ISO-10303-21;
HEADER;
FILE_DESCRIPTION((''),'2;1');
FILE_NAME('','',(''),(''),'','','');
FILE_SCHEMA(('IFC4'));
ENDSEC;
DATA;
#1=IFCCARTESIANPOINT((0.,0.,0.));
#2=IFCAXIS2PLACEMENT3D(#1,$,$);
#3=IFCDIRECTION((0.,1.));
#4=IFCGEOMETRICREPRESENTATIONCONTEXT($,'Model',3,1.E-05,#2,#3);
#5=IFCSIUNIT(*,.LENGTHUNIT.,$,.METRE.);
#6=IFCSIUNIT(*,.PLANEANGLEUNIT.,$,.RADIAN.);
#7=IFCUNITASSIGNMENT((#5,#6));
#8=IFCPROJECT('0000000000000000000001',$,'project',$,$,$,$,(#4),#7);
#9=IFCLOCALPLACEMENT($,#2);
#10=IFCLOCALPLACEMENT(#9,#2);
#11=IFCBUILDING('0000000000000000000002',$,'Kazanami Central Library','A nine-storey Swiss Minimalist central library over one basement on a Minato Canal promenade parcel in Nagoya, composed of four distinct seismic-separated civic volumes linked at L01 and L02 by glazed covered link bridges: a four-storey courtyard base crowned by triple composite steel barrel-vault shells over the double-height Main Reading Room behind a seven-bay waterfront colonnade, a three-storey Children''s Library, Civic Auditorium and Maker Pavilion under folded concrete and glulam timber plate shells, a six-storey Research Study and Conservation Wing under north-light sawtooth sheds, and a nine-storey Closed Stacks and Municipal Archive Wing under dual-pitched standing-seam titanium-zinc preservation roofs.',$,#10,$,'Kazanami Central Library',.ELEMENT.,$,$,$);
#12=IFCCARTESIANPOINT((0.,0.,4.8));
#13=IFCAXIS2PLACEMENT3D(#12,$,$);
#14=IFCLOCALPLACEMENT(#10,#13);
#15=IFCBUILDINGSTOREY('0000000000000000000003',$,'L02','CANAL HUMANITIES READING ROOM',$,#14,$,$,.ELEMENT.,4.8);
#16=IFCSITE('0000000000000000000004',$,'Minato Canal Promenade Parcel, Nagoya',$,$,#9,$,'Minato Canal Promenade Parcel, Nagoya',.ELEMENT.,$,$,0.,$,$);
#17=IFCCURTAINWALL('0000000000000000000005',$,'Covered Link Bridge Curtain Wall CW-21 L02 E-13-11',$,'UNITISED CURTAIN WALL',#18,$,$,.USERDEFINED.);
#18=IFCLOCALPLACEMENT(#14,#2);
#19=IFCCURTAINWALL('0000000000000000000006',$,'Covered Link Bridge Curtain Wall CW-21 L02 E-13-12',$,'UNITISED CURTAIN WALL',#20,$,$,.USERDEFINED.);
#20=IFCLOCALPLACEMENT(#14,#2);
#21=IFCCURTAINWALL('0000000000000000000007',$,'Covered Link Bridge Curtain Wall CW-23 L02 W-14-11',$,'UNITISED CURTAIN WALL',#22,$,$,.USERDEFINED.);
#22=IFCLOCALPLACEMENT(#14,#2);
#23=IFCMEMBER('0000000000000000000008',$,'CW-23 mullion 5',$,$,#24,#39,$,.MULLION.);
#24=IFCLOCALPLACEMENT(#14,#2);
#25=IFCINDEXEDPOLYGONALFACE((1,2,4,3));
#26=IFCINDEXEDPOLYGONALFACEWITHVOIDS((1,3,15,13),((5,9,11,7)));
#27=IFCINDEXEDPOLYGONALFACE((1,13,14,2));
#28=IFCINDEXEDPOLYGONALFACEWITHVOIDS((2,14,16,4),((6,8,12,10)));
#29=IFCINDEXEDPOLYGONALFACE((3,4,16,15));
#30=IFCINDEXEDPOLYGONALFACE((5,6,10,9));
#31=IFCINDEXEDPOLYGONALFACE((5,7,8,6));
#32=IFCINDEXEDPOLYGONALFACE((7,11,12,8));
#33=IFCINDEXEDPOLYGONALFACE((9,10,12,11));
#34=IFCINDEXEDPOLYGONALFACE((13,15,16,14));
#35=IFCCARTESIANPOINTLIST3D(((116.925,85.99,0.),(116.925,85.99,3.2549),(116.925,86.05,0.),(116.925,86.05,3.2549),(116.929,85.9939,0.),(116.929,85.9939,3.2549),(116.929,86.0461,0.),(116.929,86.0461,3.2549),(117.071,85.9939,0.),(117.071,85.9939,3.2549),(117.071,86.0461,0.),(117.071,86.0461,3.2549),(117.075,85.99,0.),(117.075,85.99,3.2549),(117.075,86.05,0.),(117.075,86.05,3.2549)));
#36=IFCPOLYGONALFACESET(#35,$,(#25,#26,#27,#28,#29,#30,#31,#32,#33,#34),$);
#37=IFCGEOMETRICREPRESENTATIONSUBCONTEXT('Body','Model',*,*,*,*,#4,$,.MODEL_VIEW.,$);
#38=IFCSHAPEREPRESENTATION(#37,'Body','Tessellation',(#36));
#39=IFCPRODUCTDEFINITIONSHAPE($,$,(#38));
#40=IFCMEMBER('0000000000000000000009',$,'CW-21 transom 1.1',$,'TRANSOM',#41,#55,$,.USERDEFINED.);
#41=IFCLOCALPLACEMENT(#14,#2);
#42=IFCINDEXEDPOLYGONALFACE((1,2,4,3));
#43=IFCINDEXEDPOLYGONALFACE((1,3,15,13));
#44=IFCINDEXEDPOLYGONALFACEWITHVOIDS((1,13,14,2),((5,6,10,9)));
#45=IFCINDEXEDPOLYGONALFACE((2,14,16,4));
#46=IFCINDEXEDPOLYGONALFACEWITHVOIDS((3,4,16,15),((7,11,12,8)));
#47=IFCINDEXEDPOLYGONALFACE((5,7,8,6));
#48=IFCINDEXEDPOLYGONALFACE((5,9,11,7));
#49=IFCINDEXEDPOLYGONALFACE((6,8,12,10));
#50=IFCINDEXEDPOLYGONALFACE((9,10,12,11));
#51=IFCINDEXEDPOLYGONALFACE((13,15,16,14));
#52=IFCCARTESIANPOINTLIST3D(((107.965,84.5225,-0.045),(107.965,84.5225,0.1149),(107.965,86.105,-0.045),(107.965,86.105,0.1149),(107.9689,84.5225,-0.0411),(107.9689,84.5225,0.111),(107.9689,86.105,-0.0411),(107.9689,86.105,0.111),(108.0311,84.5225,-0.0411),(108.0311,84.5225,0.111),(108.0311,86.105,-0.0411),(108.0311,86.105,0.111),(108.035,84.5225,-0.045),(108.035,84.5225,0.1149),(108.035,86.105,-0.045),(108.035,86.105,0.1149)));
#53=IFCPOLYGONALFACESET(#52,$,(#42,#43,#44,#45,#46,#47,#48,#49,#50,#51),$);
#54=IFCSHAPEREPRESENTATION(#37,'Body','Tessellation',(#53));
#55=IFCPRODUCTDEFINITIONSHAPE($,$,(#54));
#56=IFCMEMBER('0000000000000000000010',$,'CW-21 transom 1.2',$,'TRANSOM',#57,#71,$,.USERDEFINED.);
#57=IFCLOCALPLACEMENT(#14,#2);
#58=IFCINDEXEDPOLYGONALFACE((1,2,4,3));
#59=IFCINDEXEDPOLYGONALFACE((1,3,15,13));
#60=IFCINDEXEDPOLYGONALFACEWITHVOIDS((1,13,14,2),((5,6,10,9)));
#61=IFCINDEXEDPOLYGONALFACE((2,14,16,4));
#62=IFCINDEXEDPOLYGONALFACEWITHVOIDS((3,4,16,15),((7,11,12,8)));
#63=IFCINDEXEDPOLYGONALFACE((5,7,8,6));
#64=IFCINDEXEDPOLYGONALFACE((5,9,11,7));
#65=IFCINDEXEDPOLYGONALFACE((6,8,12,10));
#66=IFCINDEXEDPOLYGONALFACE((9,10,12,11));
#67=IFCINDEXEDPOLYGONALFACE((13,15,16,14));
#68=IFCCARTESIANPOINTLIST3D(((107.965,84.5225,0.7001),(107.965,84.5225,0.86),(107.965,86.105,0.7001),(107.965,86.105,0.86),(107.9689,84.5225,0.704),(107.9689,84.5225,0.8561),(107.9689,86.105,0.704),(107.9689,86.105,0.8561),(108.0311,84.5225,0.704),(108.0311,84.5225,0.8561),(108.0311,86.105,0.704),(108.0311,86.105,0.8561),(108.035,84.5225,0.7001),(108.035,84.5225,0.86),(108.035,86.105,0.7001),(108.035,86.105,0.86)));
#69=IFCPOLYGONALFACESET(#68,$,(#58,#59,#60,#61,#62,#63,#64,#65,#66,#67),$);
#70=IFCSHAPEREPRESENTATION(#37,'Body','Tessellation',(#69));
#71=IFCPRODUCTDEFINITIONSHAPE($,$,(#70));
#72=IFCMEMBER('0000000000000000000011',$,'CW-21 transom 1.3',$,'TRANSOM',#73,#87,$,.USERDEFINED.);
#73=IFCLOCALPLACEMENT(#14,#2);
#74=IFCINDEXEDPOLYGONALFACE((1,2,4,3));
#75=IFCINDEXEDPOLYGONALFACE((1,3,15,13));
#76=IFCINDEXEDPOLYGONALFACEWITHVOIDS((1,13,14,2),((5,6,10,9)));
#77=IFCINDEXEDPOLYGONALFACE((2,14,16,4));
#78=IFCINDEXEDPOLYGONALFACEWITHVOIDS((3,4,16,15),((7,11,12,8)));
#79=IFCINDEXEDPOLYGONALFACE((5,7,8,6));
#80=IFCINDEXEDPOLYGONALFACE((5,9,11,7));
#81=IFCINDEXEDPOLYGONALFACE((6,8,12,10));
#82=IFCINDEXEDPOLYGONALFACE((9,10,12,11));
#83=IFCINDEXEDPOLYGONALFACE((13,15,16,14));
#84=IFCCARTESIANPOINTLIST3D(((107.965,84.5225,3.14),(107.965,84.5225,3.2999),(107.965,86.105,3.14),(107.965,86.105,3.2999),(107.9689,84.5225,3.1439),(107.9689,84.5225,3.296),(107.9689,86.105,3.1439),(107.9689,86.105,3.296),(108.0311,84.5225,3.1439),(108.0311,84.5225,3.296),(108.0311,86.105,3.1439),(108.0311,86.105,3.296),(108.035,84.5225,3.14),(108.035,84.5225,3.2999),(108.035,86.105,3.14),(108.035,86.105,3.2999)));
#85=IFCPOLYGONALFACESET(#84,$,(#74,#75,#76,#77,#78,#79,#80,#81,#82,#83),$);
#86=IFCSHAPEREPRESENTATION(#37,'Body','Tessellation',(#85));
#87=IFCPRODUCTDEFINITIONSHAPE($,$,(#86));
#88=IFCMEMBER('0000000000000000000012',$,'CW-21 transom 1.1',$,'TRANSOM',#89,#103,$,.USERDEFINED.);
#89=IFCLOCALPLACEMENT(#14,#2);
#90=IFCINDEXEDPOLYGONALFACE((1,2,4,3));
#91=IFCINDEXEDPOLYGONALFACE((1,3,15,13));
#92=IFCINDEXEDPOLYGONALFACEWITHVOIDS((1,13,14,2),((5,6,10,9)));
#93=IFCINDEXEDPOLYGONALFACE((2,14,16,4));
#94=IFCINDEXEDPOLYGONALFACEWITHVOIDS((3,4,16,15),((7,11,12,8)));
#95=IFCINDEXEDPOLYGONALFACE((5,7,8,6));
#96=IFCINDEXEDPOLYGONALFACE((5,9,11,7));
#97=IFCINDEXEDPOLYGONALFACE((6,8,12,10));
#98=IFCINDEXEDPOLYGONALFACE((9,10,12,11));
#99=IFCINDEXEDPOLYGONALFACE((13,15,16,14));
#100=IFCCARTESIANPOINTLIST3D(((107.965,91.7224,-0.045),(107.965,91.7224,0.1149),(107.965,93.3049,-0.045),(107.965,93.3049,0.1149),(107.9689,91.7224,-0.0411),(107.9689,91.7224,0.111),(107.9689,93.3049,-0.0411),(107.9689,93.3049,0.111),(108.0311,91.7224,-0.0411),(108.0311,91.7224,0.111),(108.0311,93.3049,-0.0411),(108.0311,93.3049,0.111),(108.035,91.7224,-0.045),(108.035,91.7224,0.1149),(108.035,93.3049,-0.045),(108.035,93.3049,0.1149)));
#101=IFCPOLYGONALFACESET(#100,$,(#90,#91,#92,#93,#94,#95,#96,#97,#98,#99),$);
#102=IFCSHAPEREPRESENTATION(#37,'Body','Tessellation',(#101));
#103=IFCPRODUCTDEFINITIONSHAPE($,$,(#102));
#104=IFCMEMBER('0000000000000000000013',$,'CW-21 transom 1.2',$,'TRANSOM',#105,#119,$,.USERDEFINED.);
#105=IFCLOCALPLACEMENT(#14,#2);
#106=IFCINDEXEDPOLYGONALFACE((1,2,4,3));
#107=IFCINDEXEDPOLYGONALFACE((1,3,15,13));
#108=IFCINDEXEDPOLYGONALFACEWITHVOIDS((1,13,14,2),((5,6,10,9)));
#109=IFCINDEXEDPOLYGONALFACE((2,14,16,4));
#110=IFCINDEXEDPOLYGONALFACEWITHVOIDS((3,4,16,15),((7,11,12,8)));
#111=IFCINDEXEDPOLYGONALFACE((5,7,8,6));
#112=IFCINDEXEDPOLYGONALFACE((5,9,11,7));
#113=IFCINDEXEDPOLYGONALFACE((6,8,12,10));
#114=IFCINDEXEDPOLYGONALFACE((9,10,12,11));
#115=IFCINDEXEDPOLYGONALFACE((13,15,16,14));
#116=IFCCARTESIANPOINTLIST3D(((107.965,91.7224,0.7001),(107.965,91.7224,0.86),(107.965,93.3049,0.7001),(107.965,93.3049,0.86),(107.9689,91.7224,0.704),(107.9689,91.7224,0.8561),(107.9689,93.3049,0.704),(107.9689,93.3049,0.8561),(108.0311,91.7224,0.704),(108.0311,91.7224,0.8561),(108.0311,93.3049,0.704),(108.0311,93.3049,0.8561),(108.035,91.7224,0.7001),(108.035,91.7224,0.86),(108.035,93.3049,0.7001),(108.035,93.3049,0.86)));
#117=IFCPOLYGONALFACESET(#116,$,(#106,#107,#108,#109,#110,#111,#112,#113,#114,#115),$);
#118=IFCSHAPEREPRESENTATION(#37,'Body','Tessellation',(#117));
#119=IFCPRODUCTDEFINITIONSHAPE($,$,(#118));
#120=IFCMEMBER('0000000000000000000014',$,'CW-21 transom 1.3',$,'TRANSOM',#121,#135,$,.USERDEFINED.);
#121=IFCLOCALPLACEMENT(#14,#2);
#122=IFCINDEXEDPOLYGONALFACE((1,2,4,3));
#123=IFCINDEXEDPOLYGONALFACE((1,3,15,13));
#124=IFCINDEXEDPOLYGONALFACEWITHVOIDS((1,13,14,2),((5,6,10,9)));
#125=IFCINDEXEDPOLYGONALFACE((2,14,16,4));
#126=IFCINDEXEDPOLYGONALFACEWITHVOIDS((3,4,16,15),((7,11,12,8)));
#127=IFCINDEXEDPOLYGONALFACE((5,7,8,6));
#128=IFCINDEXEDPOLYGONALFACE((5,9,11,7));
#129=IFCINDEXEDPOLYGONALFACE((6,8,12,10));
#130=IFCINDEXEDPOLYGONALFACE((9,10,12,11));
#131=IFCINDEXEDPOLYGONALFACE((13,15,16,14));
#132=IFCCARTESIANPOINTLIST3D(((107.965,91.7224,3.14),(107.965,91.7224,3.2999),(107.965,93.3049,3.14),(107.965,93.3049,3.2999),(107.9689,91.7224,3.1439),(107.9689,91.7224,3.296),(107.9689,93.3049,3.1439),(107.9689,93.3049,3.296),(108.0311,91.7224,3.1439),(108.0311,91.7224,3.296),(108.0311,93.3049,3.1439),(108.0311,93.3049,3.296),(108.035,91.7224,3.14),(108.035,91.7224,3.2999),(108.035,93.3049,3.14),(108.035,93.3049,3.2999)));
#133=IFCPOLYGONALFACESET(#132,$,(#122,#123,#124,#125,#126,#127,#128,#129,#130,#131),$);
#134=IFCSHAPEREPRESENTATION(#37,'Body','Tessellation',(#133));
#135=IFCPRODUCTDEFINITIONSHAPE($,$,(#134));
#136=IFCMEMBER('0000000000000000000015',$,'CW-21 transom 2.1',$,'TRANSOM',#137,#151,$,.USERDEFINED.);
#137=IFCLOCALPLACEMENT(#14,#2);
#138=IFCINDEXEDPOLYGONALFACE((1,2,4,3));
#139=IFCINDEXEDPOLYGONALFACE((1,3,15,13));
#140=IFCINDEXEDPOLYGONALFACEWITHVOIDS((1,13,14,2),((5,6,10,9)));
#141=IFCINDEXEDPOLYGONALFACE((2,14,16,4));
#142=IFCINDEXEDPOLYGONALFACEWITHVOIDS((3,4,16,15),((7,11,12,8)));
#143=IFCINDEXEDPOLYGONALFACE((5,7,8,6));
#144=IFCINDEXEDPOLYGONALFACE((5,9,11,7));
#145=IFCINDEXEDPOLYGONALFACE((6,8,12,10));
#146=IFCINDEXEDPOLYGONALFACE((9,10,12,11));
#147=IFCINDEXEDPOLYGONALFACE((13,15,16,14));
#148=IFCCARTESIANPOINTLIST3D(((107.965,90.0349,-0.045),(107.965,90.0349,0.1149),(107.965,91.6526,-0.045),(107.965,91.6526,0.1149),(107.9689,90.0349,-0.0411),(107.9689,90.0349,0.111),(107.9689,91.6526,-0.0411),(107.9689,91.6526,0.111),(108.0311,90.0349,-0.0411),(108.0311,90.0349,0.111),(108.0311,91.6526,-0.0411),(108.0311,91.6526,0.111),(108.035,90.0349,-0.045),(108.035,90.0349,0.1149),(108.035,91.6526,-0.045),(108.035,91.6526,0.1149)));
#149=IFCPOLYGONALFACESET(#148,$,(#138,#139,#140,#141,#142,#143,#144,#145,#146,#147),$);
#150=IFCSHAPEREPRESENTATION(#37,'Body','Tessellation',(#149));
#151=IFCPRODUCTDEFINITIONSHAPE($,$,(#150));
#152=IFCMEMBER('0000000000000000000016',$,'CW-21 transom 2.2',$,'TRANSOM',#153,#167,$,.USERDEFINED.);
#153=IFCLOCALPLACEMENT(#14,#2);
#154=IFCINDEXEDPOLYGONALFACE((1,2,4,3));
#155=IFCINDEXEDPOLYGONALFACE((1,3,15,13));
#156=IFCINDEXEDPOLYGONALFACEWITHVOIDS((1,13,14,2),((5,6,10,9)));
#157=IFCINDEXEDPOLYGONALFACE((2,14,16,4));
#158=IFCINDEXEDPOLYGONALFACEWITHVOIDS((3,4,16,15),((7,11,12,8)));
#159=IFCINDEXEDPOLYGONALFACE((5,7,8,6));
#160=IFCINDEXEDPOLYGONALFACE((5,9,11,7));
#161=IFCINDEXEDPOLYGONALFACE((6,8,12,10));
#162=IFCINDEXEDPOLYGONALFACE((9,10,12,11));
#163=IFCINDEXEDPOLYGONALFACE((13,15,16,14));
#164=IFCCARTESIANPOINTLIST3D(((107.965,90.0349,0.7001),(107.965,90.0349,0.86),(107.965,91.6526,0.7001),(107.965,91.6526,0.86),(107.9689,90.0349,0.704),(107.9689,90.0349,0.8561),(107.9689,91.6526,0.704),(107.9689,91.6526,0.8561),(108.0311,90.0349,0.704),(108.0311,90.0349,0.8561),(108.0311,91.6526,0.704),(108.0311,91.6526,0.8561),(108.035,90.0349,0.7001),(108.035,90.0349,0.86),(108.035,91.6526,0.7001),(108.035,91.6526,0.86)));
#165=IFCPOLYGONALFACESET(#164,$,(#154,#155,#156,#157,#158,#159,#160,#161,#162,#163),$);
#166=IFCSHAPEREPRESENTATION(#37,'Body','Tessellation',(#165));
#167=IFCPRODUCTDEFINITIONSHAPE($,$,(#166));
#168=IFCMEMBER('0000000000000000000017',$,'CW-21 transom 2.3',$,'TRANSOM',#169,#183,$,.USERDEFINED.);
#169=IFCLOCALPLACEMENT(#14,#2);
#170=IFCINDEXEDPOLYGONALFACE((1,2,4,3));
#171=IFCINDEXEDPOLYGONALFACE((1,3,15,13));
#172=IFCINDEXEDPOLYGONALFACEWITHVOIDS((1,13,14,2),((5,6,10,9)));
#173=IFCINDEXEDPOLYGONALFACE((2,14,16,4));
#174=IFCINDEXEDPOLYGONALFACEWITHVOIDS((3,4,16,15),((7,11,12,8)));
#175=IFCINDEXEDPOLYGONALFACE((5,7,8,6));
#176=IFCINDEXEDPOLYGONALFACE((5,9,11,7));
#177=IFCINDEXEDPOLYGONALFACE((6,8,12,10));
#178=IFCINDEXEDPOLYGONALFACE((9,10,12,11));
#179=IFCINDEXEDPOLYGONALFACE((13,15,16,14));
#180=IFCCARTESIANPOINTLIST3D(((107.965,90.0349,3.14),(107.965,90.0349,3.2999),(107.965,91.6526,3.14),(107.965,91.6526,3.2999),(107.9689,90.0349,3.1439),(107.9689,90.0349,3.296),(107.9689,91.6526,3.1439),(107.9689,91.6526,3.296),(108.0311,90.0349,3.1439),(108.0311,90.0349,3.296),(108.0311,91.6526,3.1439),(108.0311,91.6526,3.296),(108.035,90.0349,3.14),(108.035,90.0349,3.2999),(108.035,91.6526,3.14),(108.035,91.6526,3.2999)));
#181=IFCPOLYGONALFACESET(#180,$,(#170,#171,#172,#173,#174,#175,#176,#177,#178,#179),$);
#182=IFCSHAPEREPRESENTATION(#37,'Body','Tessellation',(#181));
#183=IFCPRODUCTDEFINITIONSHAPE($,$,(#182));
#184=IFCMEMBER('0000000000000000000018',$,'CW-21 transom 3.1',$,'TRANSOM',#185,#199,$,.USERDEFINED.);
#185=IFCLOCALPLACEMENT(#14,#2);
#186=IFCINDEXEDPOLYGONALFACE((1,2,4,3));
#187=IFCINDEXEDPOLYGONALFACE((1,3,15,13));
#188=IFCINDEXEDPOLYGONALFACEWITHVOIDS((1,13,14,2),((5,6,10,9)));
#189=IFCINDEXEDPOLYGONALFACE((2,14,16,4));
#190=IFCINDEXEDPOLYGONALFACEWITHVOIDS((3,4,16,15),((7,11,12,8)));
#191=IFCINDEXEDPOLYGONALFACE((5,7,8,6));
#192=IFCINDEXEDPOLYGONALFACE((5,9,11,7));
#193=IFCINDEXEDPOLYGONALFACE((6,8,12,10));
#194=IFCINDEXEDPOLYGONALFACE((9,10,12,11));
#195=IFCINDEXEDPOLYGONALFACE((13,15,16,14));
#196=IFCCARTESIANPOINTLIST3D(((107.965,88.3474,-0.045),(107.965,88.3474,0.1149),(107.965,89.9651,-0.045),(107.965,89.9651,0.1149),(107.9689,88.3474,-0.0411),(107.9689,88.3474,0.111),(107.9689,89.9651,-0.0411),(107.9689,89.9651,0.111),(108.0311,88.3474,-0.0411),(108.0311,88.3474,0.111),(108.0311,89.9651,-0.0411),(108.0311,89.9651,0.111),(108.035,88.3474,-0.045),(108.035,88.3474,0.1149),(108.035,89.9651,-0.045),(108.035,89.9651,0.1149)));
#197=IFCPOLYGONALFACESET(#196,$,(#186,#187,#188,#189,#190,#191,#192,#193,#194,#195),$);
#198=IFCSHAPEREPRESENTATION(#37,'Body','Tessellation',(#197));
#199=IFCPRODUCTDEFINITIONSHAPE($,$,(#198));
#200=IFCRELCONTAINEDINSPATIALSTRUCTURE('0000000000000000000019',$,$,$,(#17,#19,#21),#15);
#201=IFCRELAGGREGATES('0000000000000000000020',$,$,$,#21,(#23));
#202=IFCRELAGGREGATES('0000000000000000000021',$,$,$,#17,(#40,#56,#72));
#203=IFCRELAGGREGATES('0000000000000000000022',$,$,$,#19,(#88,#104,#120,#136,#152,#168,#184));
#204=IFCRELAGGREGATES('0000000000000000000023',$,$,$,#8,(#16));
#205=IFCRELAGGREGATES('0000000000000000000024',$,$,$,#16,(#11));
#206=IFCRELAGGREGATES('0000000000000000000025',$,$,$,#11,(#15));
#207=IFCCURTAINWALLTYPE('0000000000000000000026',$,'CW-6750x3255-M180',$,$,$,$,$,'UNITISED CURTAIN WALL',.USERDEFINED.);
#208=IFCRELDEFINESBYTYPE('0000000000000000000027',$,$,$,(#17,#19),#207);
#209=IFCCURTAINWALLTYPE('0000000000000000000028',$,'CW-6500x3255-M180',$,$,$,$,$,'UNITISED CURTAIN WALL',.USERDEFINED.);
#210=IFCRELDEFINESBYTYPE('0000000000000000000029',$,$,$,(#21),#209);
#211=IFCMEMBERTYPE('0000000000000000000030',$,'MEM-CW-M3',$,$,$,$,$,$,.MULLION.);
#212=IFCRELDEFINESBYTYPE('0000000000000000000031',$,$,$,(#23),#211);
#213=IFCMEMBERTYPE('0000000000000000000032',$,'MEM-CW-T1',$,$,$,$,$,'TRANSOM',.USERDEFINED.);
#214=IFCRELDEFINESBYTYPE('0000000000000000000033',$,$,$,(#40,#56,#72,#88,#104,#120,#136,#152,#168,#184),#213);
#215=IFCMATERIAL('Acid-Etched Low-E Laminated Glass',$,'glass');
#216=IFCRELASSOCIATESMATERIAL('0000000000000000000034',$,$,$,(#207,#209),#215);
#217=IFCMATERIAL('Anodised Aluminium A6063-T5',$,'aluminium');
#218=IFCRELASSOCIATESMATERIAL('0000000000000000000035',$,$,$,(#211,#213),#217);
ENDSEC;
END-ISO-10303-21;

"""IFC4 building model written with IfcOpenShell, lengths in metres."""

from ifc_helpers import new_model, si_unit, direction, frame, origin, origin_2d, place, context, subcontext, project, spatial, hollow_rectangle, extrude, material, material_profile, profile_set, type_object, element, aggregate, save


model = new_model("IFC4")

# Units and contexts
model_context = context("Model", 3, precision=1e-05, world=origin(), true_north=direction((0.0, 1.0)))
body_context = subcontext(model_context, "Body", "Model", "MODEL_VIEW")
ifc_project = project(units=[si_unit("LENGTHUNIT", "METRE"), si_unit("PLANEANGLEUNIT", "RADIAN")], contexts=[model_context])

# Site, building, storey
site_placement = place(None, origin())
site = spatial("IfcSite", under=ifc_project, at=site_placement, Name="Minato Canal Promenade Parcel, Nagoya", LongName="Minato Canal Promenade Parcel, Nagoya", CompositionType="ELEMENT", RefElevation=0.0)
building_placement = place(site_placement, origin())
building = spatial("IfcBuilding", under=site, at=building_placement, Name="Kazanami Central Library", Description="A nine-storey Swiss Minimalist central library over one basement on a Minato Canal promenade parcel in Nagoya, composed of four distinct seismic-separated civic volumes linked at L01 and L02 by glazed covered link bridges: a four-storey courtyard base crowned by triple composite steel barrel-vault shells over the double-height Main Reading Room behind a seven-bay waterfront colonnade, a three-storey Children's Library, Civic Auditorium and Maker Pavilion under folded concrete and glulam timber plate shells, a six-storey Research Study and Conservation Wing under north-light sawtooth sheds, and a nine-storey Closed Stacks and Municipal Archive Wing under dual-pitched standing-seam titanium-zinc preservation roofs.", LongName="Kazanami Central Library", CompositionType="ELEMENT")
storey_placement = place(building_placement, frame((0.0, 0.0, 4.8)))
storey = spatial("IfcBuildingStorey", under=building, at=storey_placement, Name="L02", Description="CANAL HUMANITIES READING ROOM", CompositionType="ELEMENT", Elevation=4.8)

# Curtain walls
ifc_material_1 = material(Name="Acid-Etched Low-E Laminated Glass", Category="glass")
curtain_wall_type_1 = type_object("IfcCurtainWallType", Name="CW-6750x3255-M180", ElementType="UNITISED CURTAIN WALL", PredefinedType="USERDEFINED", material=ifc_material_1)
curtain_wall_1_placement = place(storey_placement, origin())
curtain_wall_1 = element("IfcCurtainWall", 1, at=curtain_wall_1_placement, inside=storey, type_object=curtain_wall_type_1, Name="Covered Link Bridge Curtain Wall CW-21 L02 E-13-11", ObjectType="UNITISED CURTAIN WALL", PredefinedType="USERDEFINED")
ifc_material_2 = material(Name="Anodised Aluminium A6063-T5", Category="aluminium")
curtain_wall_2_placement = place(storey_placement, origin())
curtain_wall_2 = element("IfcCurtainWall", 2, at=curtain_wall_2_placement, inside=storey, type_object=curtain_wall_type_1, Name="Covered Link Bridge Curtain Wall CW-21 L02 E-13-12", ObjectType="UNITISED CURTAIN WALL", PredefinedType="USERDEFINED")

# Curtain wall, member
curtain_wall_type_2 = type_object("IfcCurtainWallType", Name="CW-6500x3255-M180", ElementType="UNITISED CURTAIN WALL", PredefinedType="USERDEFINED", material=ifc_material_1)
curtain_wall_3_placement = place(storey_placement, origin())
curtain_wall_3 = element("IfcCurtainWall", 3, at=curtain_wall_3_placement, inside=storey, type_object=curtain_wall_type_2, Name="Covered Link Bridge Curtain Wall CW-23 L02 W-14-11", ObjectType="UNITISED CURTAIN WALL", PredefinedType="USERDEFINED")
ifc_material_profile_1 = material_profile(ifc_material_2, hollow_rectangle(XDim=0.0601, YDim=0.1499, WallThickness=0.0039, at=origin_2d()), Name="ALU-MULL-60x150x4")
ifc_profile_set_1 = profile_set([ifc_material_profile_1], Name="Anodised Aluminium A6063-T5")
member_type_1 = type_object("IfcMemberType", Name="MEM-CW-M3", PredefinedType="MULLION", material=ifc_profile_set_1)
member_1_placement = place(storey_placement, frame((117.0, 86.02, 0.0), z_axis=(0.0, 0.0, 1.0), x_axis=(0.0, 1.0, 0.0)))
member_1 = element("IfcMember", 4, at=member_1_placement, type_object=member_type_1, Name="CW-23 mullion 5", PredefinedType="MULLION", context=body_context, shape_type="SweptSolid", body=[
    extrude(hollow_rectangle(XDim=0.0601, YDim=0.1499, WallThickness=0.0039, at=origin_2d()), origin(), (0.0, 0.0, 1.0), 3.2549),
])

# Members
ifc_material_profile_2 = material_profile(ifc_material_2, hollow_rectangle(XDim=0.0701, YDim=0.1599, WallThickness=0.0039, at=origin_2d()), Name="ALU-TRAN-70x160x4")
ifc_profile_set_2 = profile_set([ifc_material_profile_2], Name="Anodised Aluminium A6063-T5")
member_type_2 = type_object("IfcMemberType", Name="MEM-CW-T1", ElementType="TRANSOM", PredefinedType="USERDEFINED", material=ifc_profile_set_2)
member_2_placement = place(storey_placement, frame((108.0, 86.105, 0.0349), z_axis=(0.0, -1.0, 0.0), x_axis=(1.0, 0.0, 0.0)))
member_2 = element("IfcMember", 5, at=member_2_placement, type_object=member_type_2, Name="CW-21 transom 1.1", ObjectType="TRANSOM", PredefinedType="USERDEFINED", context=body_context, shape_type="SweptSolid", body=[
    extrude(hollow_rectangle(XDim=0.0701, YDim=0.1599, WallThickness=0.0039, at=origin_2d()), origin(), (0.0, 0.0, 1.0), 1.5825),
])
member_3_placement = place(storey_placement, frame((108.0, 86.105, 0.78), z_axis=(0.0, -1.0, 0.0), x_axis=(1.0, 0.0, 0.0)))
member_3 = element("IfcMember", 6, at=member_3_placement, type_object=member_type_2, Name="CW-21 transom 1.2", ObjectType="TRANSOM", PredefinedType="USERDEFINED", context=body_context, shape_type="SweptSolid", body=[
    extrude(hollow_rectangle(XDim=0.0701, YDim=0.1599, WallThickness=0.0039, at=origin_2d()), origin(), (0.0, 0.0, 1.0), 1.5825),
])
member_4_placement = place(storey_placement, frame((108.0, 86.105, 3.22), z_axis=(0.0, -1.0, 0.0), x_axis=(1.0, 0.0, 0.0)))
member_4 = element("IfcMember", 7, at=member_4_placement, type_object=member_type_2, Name="CW-21 transom 1.3", ObjectType="TRANSOM", PredefinedType="USERDEFINED", context=body_context, shape_type="SweptSolid", body=[
    extrude(hollow_rectangle(XDim=0.0701, YDim=0.1599, WallThickness=0.0039, at=origin_2d()), origin(), (0.0, 0.0, 1.0), 1.5825),
])
member_5_placement = place(storey_placement, frame((108.0, 93.3049, 0.0349), z_axis=(0.0, -1.0, 0.0), x_axis=(1.0, 0.0, 0.0)))
member_5 = element("IfcMember", 8, at=member_5_placement, type_object=member_type_2, Name="CW-21 transom 1.1", ObjectType="TRANSOM", PredefinedType="USERDEFINED", context=body_context, shape_type="SweptSolid", body=[
    extrude(hollow_rectangle(XDim=0.0701, YDim=0.1599, WallThickness=0.0039, at=origin_2d()), origin(), (0.0, 0.0, 1.0), 1.5825),
])
member_6_placement = place(storey_placement, frame((108.0, 93.3049, 0.78), z_axis=(0.0, -1.0, 0.0), x_axis=(1.0, 0.0, 0.0)))
member_6 = element("IfcMember", 9, at=member_6_placement, type_object=member_type_2, Name="CW-21 transom 1.2", ObjectType="TRANSOM", PredefinedType="USERDEFINED", context=body_context, shape_type="SweptSolid", body=[
    extrude(hollow_rectangle(XDim=0.0701, YDim=0.1599, WallThickness=0.0039, at=origin_2d()), origin(), (0.0, 0.0, 1.0), 1.5825),
])
member_7_placement = place(storey_placement, frame((108.0, 93.3049, 3.22), z_axis=(0.0, -1.0, 0.0), x_axis=(1.0, 0.0, 0.0)))
member_7 = element("IfcMember", 10, at=member_7_placement, type_object=member_type_2, Name="CW-21 transom 1.3", ObjectType="TRANSOM", PredefinedType="USERDEFINED", context=body_context, shape_type="SweptSolid", body=[
    extrude(hollow_rectangle(XDim=0.0701, YDim=0.1599, WallThickness=0.0039, at=origin_2d()), origin(), (0.0, 0.0, 1.0), 1.5825),
])
member_8_placement = place(storey_placement, frame((108.0, 91.6526, 0.0349), z_axis=(0.0, -1.0, 0.0), x_axis=(1.0, 0.0, 0.0)))
member_8 = element("IfcMember", 11, at=member_8_placement, type_object=member_type_2, Name="CW-21 transom 2.1", ObjectType="TRANSOM", PredefinedType="USERDEFINED", context=body_context, shape_type="SweptSolid", body=[
    extrude(hollow_rectangle(XDim=0.0701, YDim=0.1599, WallThickness=0.0039, at=origin_2d()), origin(), (0.0, 0.0, 1.0), 1.6177),
])
member_9_placement = place(storey_placement, frame((108.0, 91.6526, 0.78), z_axis=(0.0, -1.0, 0.0), x_axis=(1.0, 0.0, 0.0)))
member_9 = element("IfcMember", 12, at=member_9_placement, type_object=member_type_2, Name="CW-21 transom 2.2", ObjectType="TRANSOM", PredefinedType="USERDEFINED", context=body_context, shape_type="SweptSolid", body=[
    extrude(hollow_rectangle(XDim=0.0701, YDim=0.1599, WallThickness=0.0039, at=origin_2d()), origin(), (0.0, 0.0, 1.0), 1.6177),
])
member_10_placement = place(storey_placement, frame((108.0, 91.6526, 3.22), z_axis=(0.0, -1.0, 0.0), x_axis=(1.0, 0.0, 0.0)))
member_10 = element("IfcMember", 13, at=member_10_placement, type_object=member_type_2, Name="CW-21 transom 2.3", ObjectType="TRANSOM", PredefinedType="USERDEFINED", context=body_context, shape_type="SweptSolid", body=[
    extrude(hollow_rectangle(XDim=0.0701, YDim=0.1599, WallThickness=0.0039, at=origin_2d()), origin(), (0.0, 0.0, 1.0), 1.6177),
])
member_11_placement = place(storey_placement, frame((108.0, 89.9651, 0.0349), z_axis=(0.0, -1.0, 0.0), x_axis=(1.0, 0.0, 0.0)))
member_11 = element("IfcMember", 14, at=member_11_placement, type_object=member_type_2, Name="CW-21 transom 3.1", ObjectType="TRANSOM", PredefinedType="USERDEFINED", context=body_context, shape_type="SweptSolid", body=[
    extrude(hollow_rectangle(XDim=0.0701, YDim=0.1599, WallThickness=0.0039, at=origin_2d()), origin(), (0.0, 0.0, 1.0), 1.6177),
])
aggregate(curtain_wall_3, [member_1])

aggregate(curtain_wall_1, [member_2, member_3, member_4])
aggregate(curtain_wall_2, [member_5, member_6, member_7, member_8, member_9, member_10, member_11])

save(model, "model.ifc")
